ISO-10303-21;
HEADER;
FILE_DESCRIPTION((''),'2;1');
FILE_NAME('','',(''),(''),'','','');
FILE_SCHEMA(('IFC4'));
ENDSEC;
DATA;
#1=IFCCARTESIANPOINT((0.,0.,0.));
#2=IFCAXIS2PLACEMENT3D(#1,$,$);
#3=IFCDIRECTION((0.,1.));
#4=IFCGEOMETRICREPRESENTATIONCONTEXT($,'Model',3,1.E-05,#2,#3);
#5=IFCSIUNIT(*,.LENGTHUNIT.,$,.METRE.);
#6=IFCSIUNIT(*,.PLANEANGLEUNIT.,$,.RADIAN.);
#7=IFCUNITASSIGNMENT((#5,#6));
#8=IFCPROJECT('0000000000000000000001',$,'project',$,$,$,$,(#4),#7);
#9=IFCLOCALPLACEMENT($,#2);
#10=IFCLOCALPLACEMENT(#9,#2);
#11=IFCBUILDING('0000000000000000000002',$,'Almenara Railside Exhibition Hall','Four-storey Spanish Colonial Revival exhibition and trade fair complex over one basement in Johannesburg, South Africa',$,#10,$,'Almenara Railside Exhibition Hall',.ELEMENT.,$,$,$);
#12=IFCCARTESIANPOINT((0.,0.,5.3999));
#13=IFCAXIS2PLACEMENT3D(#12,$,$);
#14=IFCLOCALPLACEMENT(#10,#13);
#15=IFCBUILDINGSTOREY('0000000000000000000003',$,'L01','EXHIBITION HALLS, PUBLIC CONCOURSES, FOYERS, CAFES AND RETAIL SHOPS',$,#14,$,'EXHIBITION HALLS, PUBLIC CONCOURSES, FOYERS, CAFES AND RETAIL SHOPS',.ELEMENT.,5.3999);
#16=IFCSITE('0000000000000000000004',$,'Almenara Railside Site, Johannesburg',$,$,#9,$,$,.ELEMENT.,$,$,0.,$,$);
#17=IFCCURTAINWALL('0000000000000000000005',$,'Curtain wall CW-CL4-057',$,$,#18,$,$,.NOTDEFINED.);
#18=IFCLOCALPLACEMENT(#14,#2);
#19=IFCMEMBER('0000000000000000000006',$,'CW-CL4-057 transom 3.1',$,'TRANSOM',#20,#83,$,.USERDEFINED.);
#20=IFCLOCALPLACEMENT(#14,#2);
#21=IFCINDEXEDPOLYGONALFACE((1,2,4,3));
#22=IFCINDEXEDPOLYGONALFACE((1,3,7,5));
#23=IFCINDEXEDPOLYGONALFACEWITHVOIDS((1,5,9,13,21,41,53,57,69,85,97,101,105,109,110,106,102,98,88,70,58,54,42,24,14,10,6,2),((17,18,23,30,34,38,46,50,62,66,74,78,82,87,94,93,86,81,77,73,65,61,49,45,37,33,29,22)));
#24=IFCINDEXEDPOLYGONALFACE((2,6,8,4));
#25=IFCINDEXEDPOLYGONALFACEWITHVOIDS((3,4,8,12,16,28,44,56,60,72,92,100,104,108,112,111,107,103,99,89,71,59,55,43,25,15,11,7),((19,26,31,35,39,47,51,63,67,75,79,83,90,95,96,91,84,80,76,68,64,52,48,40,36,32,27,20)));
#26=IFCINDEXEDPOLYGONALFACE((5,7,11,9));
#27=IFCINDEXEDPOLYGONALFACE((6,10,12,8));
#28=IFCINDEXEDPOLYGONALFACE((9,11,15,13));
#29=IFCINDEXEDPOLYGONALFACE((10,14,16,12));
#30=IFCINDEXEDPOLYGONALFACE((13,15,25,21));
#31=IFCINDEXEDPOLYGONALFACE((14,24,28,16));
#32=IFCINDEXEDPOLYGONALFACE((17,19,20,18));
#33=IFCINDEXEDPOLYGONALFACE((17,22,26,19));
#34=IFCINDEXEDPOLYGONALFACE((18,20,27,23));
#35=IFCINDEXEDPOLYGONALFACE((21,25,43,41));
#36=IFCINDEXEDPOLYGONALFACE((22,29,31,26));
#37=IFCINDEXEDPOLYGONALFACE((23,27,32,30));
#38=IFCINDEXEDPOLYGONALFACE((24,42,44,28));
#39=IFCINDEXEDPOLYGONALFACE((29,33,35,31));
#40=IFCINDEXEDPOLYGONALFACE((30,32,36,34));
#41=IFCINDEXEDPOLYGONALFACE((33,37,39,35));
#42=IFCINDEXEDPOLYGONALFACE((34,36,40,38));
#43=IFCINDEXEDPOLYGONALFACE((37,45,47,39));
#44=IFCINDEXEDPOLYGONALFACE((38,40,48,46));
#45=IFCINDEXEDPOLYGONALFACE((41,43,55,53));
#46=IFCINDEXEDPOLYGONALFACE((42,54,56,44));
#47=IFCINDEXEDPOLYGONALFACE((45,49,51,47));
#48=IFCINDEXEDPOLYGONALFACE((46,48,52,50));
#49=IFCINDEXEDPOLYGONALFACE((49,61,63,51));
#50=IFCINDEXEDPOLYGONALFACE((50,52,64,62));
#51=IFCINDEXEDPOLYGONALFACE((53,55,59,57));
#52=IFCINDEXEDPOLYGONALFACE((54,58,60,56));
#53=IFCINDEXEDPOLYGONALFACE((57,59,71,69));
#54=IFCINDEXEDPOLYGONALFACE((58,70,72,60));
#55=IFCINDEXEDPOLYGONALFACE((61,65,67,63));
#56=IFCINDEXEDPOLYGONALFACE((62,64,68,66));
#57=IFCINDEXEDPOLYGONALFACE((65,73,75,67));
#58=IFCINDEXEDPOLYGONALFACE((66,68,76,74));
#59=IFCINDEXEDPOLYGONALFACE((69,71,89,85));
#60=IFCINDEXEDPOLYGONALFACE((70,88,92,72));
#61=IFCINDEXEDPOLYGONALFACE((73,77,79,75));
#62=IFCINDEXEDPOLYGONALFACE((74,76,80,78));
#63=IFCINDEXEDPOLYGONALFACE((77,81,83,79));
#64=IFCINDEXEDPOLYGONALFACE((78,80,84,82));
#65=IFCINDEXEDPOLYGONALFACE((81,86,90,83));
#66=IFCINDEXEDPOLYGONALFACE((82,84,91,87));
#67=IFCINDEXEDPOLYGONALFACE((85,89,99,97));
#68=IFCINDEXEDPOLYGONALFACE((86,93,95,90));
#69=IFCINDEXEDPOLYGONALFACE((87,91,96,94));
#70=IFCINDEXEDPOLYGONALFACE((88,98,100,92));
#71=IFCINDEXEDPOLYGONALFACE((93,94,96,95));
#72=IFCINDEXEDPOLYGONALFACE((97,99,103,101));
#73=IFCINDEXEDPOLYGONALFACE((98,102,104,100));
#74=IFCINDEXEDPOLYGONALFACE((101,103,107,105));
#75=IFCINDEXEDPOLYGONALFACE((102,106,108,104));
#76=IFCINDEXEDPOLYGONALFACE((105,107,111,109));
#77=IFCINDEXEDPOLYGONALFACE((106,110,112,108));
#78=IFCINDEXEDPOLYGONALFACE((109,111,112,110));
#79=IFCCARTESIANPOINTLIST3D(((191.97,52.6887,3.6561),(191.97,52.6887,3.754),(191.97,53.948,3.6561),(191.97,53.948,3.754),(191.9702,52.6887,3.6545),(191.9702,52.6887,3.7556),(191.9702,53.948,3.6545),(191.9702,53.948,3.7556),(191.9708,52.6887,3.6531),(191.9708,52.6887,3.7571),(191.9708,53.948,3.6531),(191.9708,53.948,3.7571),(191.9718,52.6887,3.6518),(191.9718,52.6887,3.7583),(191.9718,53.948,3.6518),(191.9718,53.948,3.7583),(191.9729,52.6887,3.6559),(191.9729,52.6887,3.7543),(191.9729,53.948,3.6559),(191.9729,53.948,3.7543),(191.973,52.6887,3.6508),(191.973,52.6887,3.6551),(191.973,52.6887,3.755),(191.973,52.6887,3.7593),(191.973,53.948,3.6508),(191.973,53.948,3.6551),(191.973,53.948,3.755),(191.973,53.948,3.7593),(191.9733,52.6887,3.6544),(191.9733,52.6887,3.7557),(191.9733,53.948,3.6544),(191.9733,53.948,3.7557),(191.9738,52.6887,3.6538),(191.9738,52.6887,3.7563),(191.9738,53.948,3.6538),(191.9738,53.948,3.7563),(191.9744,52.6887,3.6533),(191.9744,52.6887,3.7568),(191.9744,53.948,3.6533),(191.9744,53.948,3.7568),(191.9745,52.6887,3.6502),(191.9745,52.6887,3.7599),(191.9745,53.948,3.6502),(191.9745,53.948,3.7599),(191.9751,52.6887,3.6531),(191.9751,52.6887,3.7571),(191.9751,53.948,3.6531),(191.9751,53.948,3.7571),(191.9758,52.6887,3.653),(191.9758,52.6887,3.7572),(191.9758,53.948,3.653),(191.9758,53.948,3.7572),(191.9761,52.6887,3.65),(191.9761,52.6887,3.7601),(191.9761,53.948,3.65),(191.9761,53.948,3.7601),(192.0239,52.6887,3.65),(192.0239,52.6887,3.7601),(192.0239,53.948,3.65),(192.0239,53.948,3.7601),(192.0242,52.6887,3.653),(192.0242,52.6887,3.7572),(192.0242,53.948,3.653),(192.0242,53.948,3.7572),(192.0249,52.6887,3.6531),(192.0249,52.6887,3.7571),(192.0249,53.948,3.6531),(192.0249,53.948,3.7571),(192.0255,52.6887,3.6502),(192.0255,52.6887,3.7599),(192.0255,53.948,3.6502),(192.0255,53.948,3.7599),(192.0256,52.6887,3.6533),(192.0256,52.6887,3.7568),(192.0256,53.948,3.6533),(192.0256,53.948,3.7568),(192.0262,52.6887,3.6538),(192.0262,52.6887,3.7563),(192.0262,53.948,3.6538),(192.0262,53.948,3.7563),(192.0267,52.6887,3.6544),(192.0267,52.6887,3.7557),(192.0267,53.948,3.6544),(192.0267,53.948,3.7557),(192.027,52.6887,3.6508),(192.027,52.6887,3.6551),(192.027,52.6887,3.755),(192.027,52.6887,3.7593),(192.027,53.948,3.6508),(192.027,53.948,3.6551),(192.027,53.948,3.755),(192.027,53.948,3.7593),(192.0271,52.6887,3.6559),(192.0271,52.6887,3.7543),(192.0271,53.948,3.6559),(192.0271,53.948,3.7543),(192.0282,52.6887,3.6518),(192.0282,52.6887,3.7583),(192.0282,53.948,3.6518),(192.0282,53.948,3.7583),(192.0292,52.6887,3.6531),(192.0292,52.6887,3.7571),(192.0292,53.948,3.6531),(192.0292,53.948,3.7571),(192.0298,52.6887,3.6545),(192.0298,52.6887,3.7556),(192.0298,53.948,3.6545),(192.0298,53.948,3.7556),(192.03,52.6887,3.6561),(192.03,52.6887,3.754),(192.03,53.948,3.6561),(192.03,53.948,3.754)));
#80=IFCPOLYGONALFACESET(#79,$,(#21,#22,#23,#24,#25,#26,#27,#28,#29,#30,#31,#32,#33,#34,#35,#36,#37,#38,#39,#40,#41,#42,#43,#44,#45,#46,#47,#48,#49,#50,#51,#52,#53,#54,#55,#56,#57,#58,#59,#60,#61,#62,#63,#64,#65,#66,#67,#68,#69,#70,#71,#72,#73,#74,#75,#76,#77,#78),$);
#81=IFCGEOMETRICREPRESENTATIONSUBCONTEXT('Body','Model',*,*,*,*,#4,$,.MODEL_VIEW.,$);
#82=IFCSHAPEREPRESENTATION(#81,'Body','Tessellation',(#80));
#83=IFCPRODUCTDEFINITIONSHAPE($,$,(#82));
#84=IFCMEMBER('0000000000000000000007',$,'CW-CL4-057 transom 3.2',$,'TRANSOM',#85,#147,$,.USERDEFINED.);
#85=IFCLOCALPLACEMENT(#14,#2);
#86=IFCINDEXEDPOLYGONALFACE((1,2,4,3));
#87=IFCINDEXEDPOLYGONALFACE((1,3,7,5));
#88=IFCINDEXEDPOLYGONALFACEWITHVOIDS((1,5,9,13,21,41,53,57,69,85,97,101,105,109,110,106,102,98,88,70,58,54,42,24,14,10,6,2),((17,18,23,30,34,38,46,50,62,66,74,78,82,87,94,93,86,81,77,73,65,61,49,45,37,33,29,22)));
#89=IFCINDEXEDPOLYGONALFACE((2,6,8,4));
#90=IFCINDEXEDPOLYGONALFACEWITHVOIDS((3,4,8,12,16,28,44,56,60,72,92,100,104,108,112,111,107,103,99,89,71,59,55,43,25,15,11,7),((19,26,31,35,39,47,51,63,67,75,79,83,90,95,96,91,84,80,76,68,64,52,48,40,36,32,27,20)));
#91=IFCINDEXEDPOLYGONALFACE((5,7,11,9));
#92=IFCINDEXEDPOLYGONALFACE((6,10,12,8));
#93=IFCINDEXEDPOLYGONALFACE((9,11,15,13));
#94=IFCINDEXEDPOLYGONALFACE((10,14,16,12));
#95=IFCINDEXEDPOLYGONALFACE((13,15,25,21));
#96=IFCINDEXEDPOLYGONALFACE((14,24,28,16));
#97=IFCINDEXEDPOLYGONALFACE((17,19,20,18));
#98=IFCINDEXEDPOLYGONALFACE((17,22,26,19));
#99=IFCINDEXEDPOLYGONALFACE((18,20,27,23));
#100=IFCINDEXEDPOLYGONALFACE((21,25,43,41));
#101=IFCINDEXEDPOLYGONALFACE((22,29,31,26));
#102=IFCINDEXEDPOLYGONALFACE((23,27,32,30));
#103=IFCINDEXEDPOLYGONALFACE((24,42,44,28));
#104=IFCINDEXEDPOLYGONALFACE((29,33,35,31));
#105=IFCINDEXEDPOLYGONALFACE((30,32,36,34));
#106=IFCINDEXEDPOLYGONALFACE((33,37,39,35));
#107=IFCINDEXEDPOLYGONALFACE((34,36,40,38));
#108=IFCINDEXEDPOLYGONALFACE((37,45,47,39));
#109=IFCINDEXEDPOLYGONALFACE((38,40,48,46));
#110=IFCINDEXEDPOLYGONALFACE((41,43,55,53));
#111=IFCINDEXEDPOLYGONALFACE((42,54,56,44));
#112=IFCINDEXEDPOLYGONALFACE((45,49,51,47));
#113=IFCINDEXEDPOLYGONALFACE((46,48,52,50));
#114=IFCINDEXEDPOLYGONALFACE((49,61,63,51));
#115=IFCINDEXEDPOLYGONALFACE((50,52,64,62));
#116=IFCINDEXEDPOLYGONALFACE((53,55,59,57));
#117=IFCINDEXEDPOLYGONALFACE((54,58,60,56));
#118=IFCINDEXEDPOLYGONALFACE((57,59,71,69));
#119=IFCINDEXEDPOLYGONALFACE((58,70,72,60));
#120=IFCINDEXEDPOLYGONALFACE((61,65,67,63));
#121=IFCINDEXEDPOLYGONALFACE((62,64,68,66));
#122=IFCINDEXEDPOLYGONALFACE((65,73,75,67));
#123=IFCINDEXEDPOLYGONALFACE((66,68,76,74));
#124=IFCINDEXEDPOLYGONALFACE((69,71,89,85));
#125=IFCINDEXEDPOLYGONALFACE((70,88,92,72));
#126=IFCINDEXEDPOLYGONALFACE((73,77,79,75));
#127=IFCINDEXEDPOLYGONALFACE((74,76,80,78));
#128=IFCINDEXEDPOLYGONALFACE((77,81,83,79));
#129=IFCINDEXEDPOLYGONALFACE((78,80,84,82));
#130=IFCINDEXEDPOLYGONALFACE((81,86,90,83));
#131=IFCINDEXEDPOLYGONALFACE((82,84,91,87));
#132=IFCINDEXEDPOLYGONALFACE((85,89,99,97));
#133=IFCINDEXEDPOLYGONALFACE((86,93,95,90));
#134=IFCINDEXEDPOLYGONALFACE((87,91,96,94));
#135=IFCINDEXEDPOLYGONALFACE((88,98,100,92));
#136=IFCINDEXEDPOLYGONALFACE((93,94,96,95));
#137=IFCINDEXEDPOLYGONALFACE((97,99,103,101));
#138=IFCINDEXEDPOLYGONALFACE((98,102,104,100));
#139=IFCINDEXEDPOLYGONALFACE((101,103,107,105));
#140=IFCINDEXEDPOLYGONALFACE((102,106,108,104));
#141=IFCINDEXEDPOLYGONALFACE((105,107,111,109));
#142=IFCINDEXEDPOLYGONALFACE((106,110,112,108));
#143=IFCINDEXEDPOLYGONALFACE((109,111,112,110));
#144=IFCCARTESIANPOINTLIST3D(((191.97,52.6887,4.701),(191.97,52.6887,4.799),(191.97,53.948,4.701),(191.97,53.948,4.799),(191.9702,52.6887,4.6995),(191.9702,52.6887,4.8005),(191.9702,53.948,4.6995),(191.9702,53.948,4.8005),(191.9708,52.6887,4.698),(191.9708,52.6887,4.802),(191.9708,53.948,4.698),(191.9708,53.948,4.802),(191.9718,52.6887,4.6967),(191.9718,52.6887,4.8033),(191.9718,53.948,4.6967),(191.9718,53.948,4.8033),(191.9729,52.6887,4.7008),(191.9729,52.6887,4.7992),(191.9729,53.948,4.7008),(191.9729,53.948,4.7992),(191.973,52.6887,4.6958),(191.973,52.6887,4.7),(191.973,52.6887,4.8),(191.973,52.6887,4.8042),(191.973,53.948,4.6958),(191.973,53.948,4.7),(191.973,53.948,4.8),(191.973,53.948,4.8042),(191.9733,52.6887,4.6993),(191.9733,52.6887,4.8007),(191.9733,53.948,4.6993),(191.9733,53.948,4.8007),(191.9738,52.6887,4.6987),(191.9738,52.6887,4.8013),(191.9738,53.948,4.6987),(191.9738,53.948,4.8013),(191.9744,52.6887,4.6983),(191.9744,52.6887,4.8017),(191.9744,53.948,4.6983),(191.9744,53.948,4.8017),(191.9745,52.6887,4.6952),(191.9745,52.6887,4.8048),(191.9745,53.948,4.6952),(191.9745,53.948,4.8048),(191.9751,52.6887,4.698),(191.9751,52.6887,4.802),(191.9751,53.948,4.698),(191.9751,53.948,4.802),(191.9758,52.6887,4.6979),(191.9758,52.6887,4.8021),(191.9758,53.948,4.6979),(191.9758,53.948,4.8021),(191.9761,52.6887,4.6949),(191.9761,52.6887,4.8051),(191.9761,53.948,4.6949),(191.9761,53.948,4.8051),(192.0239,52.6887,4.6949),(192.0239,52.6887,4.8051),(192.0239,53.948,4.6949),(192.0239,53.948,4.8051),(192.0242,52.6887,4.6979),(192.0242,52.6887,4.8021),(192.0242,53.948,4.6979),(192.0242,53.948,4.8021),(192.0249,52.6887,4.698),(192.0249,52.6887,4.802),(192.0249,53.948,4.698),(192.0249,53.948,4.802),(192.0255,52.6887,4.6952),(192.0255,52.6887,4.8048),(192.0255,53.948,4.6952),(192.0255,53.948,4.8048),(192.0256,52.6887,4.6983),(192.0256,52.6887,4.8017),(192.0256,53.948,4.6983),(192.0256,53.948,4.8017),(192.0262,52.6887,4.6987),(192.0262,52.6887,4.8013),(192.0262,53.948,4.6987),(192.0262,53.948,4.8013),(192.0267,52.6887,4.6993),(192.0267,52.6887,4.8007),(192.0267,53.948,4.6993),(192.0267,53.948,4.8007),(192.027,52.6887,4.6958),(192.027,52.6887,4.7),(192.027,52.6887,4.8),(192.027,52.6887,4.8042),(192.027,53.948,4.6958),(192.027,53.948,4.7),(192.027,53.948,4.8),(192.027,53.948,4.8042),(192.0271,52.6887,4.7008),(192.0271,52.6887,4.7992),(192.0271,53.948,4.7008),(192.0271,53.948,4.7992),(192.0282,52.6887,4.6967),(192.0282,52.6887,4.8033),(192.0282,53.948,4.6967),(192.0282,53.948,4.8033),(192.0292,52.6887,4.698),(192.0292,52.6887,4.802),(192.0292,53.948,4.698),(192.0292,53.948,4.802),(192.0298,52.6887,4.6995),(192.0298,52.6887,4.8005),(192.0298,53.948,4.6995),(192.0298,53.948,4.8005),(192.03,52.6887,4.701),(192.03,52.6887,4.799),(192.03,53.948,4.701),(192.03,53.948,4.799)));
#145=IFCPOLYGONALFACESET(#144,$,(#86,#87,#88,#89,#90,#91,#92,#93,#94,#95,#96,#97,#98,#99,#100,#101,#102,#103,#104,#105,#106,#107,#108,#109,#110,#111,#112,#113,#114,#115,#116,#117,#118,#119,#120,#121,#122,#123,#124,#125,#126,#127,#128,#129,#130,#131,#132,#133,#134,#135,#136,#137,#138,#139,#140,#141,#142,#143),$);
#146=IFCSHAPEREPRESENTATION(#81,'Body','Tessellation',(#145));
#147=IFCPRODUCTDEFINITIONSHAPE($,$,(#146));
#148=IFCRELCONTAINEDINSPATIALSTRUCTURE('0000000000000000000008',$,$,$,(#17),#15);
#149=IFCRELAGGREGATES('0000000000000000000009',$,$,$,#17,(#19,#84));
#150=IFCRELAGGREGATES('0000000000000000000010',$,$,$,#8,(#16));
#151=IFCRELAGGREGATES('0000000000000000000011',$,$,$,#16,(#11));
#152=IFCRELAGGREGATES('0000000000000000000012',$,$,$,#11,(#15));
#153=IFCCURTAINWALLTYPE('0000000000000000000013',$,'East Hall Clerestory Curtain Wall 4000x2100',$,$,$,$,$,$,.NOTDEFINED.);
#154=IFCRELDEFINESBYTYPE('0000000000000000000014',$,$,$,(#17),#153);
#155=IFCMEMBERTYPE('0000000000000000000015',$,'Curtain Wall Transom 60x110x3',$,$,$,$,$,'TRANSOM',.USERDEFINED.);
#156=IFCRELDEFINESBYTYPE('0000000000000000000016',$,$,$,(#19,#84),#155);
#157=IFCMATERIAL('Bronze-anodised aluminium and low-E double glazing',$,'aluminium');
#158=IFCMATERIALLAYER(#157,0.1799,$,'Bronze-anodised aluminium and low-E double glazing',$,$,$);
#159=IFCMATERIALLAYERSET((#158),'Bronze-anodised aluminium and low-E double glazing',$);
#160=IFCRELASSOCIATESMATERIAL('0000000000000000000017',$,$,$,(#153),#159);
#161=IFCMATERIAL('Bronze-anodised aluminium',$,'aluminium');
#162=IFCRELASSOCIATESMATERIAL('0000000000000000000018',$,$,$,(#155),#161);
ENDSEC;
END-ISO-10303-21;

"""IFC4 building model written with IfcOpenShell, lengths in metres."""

from ifc_helpers import new_model, si_unit, direction, frame, origin, origin_2d, place, context, subcontext, project, spatial, hollow_rectangle, extrude, material, layer, layer_set, material_profile, profile_set, type_object, element, aggregate, save


model = new_model("IFC4")

# Units and contexts
model_context = context("Model", 3, precision=1e-05, world=origin(), true_north=direction((0.0, 1.0)))
body_context = subcontext(model_context, "Body", "Model", "MODEL_VIEW")
ifc_project = project(units=[si_unit("LENGTHUNIT", "METRE"), si_unit("PLANEANGLEUNIT", "RADIAN")], contexts=[model_context])

# Site, building, storey
site_placement = place(None, origin())
site = spatial("IfcSite", under=ifc_project, at=site_placement, Name="Almenara Railside Site, Johannesburg", CompositionType="ELEMENT", RefElevation=0.0)
building_placement = place(site_placement, origin())
building = spatial("IfcBuilding", under=site, at=building_placement, Name="Almenara Railside Exhibition Hall", Description="Four-storey Spanish Colonial Revival exhibition and trade fair complex over one basement in Johannesburg, South Africa", LongName="Almenara Railside Exhibition Hall", CompositionType="ELEMENT")
storey_placement = place(building_placement, frame((0.0, 0.0, 5.3999)))
storey = spatial("IfcBuildingStorey", under=building, at=storey_placement, Name="L01", Description="EXHIBITION HALLS, PUBLIC CONCOURSES, FOYERS, CAFES AND RETAIL SHOPS", LongName="EXHIBITION HALLS, PUBLIC CONCOURSES, FOYERS, CAFES AND RETAIL SHOPS", CompositionType="ELEMENT", Elevation=5.3999)

# Curtain wall
ifc_material_1 = material(Name="Bronze-anodised aluminium and low-E double glazing", Category="aluminium")
ifc_layer_1 = layer(ifc_material_1, 0.1799, Name="Bronze-anodised aluminium and low-E double glazing")
ifc_layer_set_1 = layer_set([ifc_layer_1], Name="Bronze-anodised aluminium and low-E double glazing")
curtain_wall_type = type_object("IfcCurtainWallType", Name="East Hall Clerestory Curtain Wall 4000x2100", PredefinedType="NOTDEFINED", material=ifc_layer_set_1)
ifc_material_2 = material(Name="Bronze-anodised aluminium", Category="aluminium")
curtain_wall_1_placement = place(storey_placement, origin())
curtain_wall_1 = element("IfcCurtainWall", 1, at=curtain_wall_1_placement, inside=storey, type_object=curtain_wall_type, Name="Curtain wall CW-CL4-057", PredefinedType="NOTDEFINED")

# Members
ifc_material_profile_1 = material_profile(ifc_material_2, hollow_rectangle(XDim=0.0601, YDim=0.1101, WallThickness=0.0029, InnerFilletRadius=0.0029, OuterFilletRadius=0.0061, at=origin_2d()), Name="ALU-TRN 60x110x3")
ifc_profile_set_1 = profile_set([ifc_material_profile_1], Name="Bronze-anodised aluminium")
member_type_1 = type_object("IfcMemberType", Name="Curtain Wall Transom 60x110x3", ElementType="TRANSOM", PredefinedType="USERDEFINED", material=ifc_profile_set_1)
member_1_placement = place(storey_placement, frame((192.0, 52.6887, 3.7051), z_axis=(0.0, 1.0, 0.0), x_axis=(-1.0, 0.0, 0.0)))
member_1 = element("IfcMember", 2, at=member_1_placement, type_object=member_type_1, Name="CW-CL4-057 transom 3.1", ObjectType="TRANSOM", PredefinedType="USERDEFINED", context=body_context, shape_type="SweptSolid", body=[
    extrude(hollow_rectangle(XDim=0.0601, YDim=0.1101, WallThickness=0.0029, InnerFilletRadius=0.0029, OuterFilletRadius=0.0061, at=origin_2d()), origin(), (0.0, 0.0, 1.0), 1.2593),
])
member_2_placement = place(storey_placement, frame((192.0, 52.6887, 4.75), z_axis=(0.0, 1.0, 0.0), x_axis=(-1.0, 0.0, 0.0)))
member_2 = element("IfcMember", 3, at=member_2_placement, type_object=member_type_1, Name="CW-CL4-057 transom 3.2", ObjectType="TRANSOM", PredefinedType="USERDEFINED", context=body_context, shape_type="SweptSolid", body=[
    extrude(hollow_rectangle(XDim=0.0601, YDim=0.1101, WallThickness=0.0029, InnerFilletRadius=0.0029, OuterFilletRadius=0.0061, at=origin_2d()), origin(), (0.0, 0.0, 1.0), 1.2593),
])

aggregate(curtain_wall_1, [member_1, member_2])

save(model, "model.ifc")
